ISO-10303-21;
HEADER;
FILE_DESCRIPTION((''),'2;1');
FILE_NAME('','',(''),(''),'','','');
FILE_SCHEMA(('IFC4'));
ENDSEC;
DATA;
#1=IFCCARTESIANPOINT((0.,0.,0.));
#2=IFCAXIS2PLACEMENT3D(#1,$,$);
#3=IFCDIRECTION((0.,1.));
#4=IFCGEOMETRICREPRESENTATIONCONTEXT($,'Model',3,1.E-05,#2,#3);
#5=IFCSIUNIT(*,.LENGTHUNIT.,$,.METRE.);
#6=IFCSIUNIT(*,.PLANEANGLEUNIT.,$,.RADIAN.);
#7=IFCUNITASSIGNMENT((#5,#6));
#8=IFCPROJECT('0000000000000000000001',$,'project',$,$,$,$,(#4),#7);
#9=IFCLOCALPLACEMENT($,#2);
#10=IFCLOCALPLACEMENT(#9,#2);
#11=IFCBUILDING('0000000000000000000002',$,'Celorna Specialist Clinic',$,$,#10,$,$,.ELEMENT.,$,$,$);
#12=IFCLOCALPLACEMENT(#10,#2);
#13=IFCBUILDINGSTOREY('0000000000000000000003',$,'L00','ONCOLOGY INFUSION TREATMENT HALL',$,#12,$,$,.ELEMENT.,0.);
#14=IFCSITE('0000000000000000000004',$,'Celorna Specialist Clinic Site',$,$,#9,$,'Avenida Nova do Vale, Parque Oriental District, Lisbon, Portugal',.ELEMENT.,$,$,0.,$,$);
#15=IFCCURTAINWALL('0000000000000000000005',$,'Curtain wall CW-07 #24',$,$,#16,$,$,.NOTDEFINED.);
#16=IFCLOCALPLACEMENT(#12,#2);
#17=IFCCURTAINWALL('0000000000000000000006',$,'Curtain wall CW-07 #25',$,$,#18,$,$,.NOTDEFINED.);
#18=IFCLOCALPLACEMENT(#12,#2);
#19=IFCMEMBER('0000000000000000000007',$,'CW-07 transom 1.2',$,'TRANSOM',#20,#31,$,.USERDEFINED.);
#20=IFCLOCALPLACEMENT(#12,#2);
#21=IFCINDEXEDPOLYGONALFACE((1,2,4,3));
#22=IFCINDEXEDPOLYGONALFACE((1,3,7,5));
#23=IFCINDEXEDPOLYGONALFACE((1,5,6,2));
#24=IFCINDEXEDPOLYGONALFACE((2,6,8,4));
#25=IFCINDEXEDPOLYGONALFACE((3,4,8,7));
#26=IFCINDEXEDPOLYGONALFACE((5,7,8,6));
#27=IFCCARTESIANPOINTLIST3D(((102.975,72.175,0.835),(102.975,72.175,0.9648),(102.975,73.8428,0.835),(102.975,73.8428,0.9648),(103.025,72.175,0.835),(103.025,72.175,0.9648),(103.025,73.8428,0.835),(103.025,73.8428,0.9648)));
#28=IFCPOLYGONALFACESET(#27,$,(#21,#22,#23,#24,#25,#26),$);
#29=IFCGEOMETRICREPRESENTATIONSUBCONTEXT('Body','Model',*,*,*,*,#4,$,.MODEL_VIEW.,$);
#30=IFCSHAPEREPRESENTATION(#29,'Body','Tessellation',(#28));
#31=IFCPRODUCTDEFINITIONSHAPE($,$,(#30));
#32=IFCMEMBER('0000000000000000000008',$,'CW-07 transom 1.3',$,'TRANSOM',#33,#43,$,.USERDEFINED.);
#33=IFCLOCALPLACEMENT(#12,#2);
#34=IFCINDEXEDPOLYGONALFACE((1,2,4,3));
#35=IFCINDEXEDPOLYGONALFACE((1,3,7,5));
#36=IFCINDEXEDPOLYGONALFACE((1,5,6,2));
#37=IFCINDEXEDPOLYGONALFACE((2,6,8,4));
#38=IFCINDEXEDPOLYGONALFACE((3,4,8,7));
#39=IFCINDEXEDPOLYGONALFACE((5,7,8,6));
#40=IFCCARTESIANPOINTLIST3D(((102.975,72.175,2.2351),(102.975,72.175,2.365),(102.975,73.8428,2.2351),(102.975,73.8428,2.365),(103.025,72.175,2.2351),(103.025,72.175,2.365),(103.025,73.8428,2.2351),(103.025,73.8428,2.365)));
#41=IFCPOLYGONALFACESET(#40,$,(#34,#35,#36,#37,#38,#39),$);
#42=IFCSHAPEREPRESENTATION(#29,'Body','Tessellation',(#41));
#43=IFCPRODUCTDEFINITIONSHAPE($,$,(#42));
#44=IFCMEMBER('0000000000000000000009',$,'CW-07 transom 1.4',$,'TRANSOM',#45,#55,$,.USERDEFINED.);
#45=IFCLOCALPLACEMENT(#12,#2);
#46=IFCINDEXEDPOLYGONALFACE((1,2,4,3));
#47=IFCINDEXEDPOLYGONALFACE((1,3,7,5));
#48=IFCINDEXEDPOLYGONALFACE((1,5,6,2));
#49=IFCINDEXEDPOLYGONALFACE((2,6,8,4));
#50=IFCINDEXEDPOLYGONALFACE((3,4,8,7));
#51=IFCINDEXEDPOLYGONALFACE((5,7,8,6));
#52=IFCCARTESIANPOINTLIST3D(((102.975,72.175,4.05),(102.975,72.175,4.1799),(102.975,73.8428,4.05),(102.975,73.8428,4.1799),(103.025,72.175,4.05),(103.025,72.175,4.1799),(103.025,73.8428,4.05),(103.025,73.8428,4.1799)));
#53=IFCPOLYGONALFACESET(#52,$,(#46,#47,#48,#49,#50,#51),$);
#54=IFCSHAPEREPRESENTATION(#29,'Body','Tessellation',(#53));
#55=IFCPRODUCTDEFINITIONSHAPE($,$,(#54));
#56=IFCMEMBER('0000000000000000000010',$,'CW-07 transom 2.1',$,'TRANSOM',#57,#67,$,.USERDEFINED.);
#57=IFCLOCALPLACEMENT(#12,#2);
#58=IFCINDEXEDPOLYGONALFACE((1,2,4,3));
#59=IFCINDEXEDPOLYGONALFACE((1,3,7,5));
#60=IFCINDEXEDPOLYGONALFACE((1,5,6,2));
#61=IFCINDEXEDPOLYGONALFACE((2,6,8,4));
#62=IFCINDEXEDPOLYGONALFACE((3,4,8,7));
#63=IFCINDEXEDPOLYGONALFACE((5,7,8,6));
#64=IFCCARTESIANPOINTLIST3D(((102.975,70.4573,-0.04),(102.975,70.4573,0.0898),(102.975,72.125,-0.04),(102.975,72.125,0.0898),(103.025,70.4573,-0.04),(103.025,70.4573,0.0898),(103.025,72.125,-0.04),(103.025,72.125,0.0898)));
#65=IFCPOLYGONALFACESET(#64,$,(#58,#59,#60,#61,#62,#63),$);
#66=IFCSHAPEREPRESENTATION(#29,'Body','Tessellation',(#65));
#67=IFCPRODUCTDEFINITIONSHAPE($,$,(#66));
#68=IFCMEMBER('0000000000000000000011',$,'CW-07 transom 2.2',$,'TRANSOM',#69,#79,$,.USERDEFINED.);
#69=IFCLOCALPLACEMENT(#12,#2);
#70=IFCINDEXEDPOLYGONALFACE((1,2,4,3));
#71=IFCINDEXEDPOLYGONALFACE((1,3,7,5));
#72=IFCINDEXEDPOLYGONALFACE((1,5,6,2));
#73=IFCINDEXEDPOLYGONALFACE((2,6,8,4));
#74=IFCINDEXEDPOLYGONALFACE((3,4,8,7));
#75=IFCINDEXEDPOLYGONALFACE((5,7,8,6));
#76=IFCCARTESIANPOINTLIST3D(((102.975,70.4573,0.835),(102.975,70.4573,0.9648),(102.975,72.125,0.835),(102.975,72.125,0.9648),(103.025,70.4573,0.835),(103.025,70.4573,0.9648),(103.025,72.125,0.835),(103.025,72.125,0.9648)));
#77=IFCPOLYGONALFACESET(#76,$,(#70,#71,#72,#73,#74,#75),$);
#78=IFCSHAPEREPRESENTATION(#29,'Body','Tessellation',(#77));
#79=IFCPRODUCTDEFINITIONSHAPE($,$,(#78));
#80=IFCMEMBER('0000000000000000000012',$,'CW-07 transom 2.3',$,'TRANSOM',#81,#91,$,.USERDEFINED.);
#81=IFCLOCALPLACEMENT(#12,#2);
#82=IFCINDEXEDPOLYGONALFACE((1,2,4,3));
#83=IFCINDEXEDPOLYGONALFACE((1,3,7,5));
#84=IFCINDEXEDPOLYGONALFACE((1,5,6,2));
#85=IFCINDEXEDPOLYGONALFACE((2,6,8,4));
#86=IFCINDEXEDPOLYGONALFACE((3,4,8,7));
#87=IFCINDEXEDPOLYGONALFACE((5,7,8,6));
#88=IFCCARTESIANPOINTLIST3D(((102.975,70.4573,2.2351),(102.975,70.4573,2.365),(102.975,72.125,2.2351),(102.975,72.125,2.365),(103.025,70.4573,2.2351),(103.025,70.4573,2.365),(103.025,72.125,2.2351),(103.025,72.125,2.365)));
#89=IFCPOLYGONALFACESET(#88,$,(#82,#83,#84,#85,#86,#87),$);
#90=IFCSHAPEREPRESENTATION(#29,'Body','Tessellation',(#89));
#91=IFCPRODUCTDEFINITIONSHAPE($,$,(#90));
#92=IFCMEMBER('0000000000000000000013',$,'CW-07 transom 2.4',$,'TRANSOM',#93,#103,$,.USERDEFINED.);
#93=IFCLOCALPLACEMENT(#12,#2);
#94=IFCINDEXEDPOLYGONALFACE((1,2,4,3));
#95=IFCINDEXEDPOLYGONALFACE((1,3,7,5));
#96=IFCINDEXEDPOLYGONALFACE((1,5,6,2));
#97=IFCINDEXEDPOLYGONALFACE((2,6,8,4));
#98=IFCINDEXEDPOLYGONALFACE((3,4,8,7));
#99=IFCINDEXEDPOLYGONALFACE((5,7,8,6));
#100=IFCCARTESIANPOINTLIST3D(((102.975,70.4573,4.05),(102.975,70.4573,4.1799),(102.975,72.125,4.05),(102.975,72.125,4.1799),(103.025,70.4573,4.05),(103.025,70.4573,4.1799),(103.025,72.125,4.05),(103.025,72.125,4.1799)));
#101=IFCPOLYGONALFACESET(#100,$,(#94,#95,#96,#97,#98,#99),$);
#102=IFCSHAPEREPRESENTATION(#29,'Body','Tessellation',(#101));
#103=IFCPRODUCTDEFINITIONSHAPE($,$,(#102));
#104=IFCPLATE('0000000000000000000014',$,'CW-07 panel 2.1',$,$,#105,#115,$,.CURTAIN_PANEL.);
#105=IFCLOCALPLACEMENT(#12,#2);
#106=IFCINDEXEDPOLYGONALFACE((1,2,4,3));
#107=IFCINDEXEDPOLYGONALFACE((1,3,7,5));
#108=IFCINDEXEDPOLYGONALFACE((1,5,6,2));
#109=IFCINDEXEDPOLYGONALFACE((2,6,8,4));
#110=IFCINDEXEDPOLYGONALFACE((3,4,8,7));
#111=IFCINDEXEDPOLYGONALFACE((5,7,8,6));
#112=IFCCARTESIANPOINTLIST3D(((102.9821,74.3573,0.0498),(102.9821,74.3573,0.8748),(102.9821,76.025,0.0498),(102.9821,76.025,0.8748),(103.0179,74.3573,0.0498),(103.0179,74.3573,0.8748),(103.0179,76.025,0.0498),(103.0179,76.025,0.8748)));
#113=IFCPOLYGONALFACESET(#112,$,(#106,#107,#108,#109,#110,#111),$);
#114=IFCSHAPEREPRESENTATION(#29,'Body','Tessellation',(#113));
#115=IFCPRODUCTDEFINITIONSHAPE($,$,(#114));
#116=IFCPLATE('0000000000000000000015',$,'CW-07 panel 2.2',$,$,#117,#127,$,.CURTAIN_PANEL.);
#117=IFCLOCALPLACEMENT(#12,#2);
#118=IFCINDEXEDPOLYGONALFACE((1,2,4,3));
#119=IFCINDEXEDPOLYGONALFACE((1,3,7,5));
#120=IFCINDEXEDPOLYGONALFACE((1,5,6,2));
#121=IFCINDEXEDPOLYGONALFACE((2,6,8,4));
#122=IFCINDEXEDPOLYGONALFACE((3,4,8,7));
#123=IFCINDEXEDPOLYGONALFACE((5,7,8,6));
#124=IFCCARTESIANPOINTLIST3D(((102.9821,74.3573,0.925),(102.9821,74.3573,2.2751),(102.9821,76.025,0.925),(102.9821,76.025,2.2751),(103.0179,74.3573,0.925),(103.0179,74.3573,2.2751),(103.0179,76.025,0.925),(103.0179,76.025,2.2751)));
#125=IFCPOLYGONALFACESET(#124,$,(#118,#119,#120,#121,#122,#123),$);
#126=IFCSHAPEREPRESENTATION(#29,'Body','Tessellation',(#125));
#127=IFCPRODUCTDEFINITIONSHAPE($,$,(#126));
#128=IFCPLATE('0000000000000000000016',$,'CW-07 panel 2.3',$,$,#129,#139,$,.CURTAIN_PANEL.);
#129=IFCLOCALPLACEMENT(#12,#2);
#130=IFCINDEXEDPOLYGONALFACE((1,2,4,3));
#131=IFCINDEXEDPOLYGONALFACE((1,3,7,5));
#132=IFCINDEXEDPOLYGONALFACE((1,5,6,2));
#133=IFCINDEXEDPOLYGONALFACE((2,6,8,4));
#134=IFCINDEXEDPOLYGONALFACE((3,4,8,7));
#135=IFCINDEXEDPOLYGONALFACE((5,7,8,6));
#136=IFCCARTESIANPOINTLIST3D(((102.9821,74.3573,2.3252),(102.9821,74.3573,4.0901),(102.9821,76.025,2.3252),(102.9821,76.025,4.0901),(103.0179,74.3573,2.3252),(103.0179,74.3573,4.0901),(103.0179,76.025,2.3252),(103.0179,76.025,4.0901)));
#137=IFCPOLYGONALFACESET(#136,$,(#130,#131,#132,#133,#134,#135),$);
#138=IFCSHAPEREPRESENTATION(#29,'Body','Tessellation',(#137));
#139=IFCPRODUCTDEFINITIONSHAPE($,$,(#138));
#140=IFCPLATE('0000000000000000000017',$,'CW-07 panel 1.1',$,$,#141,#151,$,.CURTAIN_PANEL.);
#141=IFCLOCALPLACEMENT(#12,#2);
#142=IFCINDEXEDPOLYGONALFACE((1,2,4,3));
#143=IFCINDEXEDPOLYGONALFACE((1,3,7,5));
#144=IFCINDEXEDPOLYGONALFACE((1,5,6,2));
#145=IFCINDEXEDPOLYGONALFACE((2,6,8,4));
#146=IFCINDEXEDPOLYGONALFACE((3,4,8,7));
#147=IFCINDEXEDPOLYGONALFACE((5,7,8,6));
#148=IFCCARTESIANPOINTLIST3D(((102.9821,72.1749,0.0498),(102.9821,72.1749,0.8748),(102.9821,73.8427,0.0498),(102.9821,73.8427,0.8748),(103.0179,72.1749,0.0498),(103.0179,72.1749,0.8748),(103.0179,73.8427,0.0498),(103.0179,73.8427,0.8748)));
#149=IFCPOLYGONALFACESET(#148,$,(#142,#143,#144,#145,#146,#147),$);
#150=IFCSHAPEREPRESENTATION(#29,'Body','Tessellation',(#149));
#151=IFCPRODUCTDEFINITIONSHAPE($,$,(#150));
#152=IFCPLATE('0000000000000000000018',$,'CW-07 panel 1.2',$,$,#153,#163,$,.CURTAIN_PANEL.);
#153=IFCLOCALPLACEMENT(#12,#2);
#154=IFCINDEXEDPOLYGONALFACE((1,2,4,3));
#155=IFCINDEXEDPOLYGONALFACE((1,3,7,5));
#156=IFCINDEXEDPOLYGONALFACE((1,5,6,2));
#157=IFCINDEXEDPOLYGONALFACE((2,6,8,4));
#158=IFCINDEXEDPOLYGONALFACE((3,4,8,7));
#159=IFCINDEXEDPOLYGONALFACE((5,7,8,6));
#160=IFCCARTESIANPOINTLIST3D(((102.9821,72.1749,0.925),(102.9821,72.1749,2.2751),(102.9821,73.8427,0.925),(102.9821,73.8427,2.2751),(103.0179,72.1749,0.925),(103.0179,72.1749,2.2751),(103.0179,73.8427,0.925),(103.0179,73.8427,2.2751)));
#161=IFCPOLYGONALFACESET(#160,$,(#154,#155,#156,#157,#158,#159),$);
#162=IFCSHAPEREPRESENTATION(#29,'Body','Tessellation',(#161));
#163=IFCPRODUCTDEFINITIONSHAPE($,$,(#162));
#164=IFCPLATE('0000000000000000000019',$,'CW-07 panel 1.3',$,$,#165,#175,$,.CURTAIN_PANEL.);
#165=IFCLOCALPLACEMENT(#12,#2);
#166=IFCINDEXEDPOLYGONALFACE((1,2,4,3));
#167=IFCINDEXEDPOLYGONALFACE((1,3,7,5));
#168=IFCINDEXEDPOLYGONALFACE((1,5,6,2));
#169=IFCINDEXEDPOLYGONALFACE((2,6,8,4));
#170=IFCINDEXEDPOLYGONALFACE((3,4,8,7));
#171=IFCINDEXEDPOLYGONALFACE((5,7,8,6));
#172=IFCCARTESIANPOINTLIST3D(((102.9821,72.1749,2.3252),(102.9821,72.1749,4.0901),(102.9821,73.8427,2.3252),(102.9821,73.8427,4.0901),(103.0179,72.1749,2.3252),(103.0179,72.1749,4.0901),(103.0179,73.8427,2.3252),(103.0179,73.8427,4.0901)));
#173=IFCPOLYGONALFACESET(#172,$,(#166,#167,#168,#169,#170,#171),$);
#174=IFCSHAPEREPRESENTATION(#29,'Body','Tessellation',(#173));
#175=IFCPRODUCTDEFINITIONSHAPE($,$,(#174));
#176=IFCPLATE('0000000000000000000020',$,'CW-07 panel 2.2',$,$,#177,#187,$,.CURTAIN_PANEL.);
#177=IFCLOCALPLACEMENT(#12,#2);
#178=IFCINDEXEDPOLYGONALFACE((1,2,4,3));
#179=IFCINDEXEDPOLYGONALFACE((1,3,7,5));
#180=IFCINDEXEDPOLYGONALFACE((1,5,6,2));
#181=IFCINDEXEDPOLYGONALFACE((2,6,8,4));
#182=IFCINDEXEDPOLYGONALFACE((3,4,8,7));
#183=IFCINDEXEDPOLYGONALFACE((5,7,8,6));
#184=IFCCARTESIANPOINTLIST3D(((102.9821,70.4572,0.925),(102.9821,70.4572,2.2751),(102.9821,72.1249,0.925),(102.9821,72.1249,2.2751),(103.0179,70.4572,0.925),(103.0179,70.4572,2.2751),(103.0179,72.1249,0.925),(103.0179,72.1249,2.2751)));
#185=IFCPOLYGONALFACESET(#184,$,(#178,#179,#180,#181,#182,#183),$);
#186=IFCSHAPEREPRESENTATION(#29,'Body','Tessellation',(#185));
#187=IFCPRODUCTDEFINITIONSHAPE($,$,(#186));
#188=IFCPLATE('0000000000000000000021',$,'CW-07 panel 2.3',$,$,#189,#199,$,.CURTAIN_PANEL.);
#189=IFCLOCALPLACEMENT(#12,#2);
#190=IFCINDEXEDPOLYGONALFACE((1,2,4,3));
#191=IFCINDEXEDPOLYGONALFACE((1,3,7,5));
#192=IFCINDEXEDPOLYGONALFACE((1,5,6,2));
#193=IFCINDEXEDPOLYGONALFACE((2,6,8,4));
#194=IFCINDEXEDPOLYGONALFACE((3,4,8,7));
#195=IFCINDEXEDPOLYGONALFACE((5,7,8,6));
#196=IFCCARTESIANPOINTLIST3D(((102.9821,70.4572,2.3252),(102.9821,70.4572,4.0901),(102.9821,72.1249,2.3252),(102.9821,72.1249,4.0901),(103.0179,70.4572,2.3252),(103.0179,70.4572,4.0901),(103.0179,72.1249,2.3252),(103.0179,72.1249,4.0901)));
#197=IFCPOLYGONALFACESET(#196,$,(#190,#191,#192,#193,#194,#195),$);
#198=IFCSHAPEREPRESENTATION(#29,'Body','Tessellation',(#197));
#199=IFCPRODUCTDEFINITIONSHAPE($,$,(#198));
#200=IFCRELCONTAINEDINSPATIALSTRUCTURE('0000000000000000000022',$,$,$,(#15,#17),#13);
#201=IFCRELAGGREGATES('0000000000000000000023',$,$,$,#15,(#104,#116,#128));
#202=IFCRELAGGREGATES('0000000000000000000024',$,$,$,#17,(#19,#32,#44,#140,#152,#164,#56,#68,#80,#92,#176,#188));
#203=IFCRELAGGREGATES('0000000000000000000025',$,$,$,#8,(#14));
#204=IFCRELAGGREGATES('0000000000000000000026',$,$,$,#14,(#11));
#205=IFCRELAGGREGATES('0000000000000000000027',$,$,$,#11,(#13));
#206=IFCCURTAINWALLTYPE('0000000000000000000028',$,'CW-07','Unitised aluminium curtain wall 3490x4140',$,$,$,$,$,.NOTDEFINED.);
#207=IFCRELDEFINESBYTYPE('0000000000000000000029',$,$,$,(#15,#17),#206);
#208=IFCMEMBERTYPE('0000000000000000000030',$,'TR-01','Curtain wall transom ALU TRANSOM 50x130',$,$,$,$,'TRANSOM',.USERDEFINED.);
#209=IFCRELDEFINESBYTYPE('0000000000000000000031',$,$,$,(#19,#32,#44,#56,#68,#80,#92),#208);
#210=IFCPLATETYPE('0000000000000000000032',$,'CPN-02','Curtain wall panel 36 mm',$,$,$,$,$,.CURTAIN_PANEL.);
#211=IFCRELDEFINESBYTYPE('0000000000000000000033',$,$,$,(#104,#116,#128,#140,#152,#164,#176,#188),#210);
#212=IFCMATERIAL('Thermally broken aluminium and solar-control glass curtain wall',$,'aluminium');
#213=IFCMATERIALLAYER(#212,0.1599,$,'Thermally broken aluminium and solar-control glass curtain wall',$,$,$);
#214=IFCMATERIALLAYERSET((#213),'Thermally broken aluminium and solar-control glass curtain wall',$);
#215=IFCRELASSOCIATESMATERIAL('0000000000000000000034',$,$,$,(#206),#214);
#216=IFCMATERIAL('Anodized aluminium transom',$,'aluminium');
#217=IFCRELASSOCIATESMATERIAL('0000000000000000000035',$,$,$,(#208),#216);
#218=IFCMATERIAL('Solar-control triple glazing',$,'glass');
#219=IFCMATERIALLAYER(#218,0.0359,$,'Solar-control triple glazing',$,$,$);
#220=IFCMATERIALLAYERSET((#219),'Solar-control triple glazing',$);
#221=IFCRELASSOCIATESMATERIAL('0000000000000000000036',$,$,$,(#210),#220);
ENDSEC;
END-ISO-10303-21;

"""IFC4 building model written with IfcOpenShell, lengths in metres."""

from ifc_helpers import new_model, si_unit, direction, frame, origin, origin_2d, place, context, subcontext, project, spatial, rectangle, extrude, material, layer, layer_set, material_profile, profile_set, type_object, element, aggregate, save


model = new_model("IFC4")

# Units and contexts
model_context = context("Model", 3, precision=1e-05, world=origin(), true_north=direction((0.0, 1.0)))
body_context = subcontext(model_context, "Body", "Model", "MODEL_VIEW")
ifc_project = project(units=[si_unit("LENGTHUNIT", "METRE"), si_unit("PLANEANGLEUNIT", "RADIAN")], contexts=[model_context])

# Site, building, storey
site_placement = place(None, origin())
site = spatial("IfcSite", under=ifc_project, at=site_placement, Name="Celorna Specialist Clinic Site", LongName="Avenida Nova do Vale, Parque Oriental District, Lisbon, Portugal", CompositionType="ELEMENT", RefElevation=0.0)
building_placement = place(site_placement, origin())
building = spatial("IfcBuilding", under=site, at=building_placement, Name="Celorna Specialist Clinic", CompositionType="ELEMENT")
storey_placement = place(building_placement, origin())
storey = spatial("IfcBuildingStorey", under=building, at=storey_placement, Name="L00", Description="ONCOLOGY INFUSION TREATMENT HALL", CompositionType="ELEMENT", Elevation=0.0)

# Curtain wall
ifc_material_1 = material(Name="Thermally broken aluminium and solar-control glass curtain wall", Category="aluminium")
ifc_layer_1 = layer(ifc_material_1, 0.1599, Name="Thermally broken aluminium and solar-control glass curtain wall")
ifc_layer_set_1 = layer_set([ifc_layer_1], Name="Thermally broken aluminium and solar-control glass curtain wall")
curtain_wall_type = type_object("IfcCurtainWallType", Name="CW-07", Description="Unitised aluminium curtain wall 3490x4140", PredefinedType="NOTDEFINED", material=ifc_layer_set_1)
curtain_wall_1_placement = place(storey_placement, origin())
curtain_wall_1 = element("IfcCurtainWall", 1, at=curtain_wall_1_placement, inside=storey, type_object=curtain_wall_type, Name="Curtain wall CW-07 #24", PredefinedType="NOTDEFINED")

# Curtain wall
curtain_wall_2_placement = place(storey_placement, origin())
curtain_wall_2 = element("IfcCurtainWall", 2, at=curtain_wall_2_placement, inside=storey, type_object=curtain_wall_type, Name="Curtain wall CW-07 #25", PredefinedType="NOTDEFINED")

# Members
ifc_material_2 = material(Name="Anodized aluminium transom", Category="aluminium")
ifc_material_profile_1 = material_profile(ifc_material_2, rectangle(XDim=0.05, YDim=0.1299, at=origin_2d()), Name="ALU TRANSOM 50x130")
ifc_profile_set_1 = profile_set([ifc_material_profile_1], Name="Anodized aluminium transom")
member_type_1 = type_object("IfcMemberType", Name="TR-01", Description="Curtain wall transom ALU TRANSOM 50x130", ElementType="TRANSOM", PredefinedType="USERDEFINED", material=ifc_profile_set_1)
member_1_placement = place(storey_placement, frame((103.0, 73.8428, 0.8999), z_axis=(0.0, -1.0, 0.0), x_axis=(1.0, 0.0, 0.0)))
member_1 = element("IfcMember", 3, at=member_1_placement, type_object=member_type_1, Name="CW-07 transom 1.2", ObjectType="TRANSOM", PredefinedType="USERDEFINED", context=body_context, shape_type="SweptSolid", body=[
    extrude(rectangle(XDim=0.05, YDim=0.1299, at=origin_2d()), origin(), (0.0, 0.0, 1.0), 1.6677),
])
member_2_placement = place(storey_placement, frame((103.0, 73.8428, 2.3), z_axis=(0.0, -1.0, 0.0), x_axis=(1.0, 0.0, 0.0)))
member_2 = element("IfcMember", 4, at=member_2_placement, type_object=member_type_1, Name="CW-07 transom 1.3", ObjectType="TRANSOM", PredefinedType="USERDEFINED", context=body_context, shape_type="SweptSolid", body=[
    extrude(rectangle(XDim=0.05, YDim=0.1299, at=origin_2d()), origin(), (0.0, 0.0, 1.0), 1.6677),
])
member_3_placement = place(storey_placement, frame((103.0, 73.8428, 4.115), z_axis=(0.0, -1.0, 0.0), x_axis=(1.0, 0.0, 0.0)))
member_3 = element("IfcMember", 5, at=member_3_placement, type_object=member_type_1, Name="CW-07 transom 1.4", ObjectType="TRANSOM", PredefinedType="USERDEFINED", context=body_context, shape_type="SweptSolid", body=[
    extrude(rectangle(XDim=0.05, YDim=0.1299, at=origin_2d()), origin(), (0.0, 0.0, 1.0), 1.6677),
])
member_4_placement = place(storey_placement, frame((103.0, 72.125, 0.0249), z_axis=(0.0, -1.0, 0.0), x_axis=(1.0, 0.0, 0.0)))
member_4 = element("IfcMember", 6, at=member_4_placement, type_object=member_type_1, Name="CW-07 transom 2.1", ObjectType="TRANSOM", PredefinedType="USERDEFINED", context=body_context, shape_type="SweptSolid", body=[
    extrude(rectangle(XDim=0.05, YDim=0.1299, at=origin_2d()), origin(), (0.0, 0.0, 1.0), 1.6677),
])
member_5_placement = place(storey_placement, frame((103.0, 72.125, 0.8999), z_axis=(0.0, -1.0, 0.0), x_axis=(1.0, 0.0, 0.0)))
member_5 = element("IfcMember", 7, at=member_5_placement, type_object=member_type_1, Name="CW-07 transom 2.2", ObjectType="TRANSOM", PredefinedType="USERDEFINED", context=body_context, shape_type="SweptSolid", body=[
    extrude(rectangle(XDim=0.05, YDim=0.1299, at=origin_2d()), origin(), (0.0, 0.0, 1.0), 1.6677),
])
member_6_placement = place(storey_placement, frame((103.0, 72.125, 2.3), z_axis=(0.0, -1.0, 0.0), x_axis=(1.0, 0.0, 0.0)))
member_6 = element("IfcMember", 8, at=member_6_placement, type_object=member_type_1, Name="CW-07 transom 2.3", ObjectType="TRANSOM", PredefinedType="USERDEFINED", context=body_context, shape_type="SweptSolid", body=[
    extrude(rectangle(XDim=0.05, YDim=0.1299, at=origin_2d()), origin(), (0.0, 0.0, 1.0), 1.6677),
])
member_7_placement = place(storey_placement, frame((103.0, 72.125, 4.115), z_axis=(0.0, -1.0, 0.0), x_axis=(1.0, 0.0, 0.0)))
member_7 = element("IfcMember", 9, at=member_7_placement, type_object=member_type_1, Name="CW-07 transom 2.4", ObjectType="TRANSOM", PredefinedType="USERDEFINED", context=body_context, shape_type="SweptSolid", body=[
    extrude(rectangle(XDim=0.05, YDim=0.1299, at=origin_2d()), origin(), (0.0, 0.0, 1.0), 1.6677),
])

# Plates
ifc_material_3 = material(Name="Solar-control triple glazing", Category="glass")
ifc_layer_2 = layer(ifc_material_3, 0.0359, Name="Solar-control triple glazing")
ifc_layer_set_2 = layer_set([ifc_layer_2], Name="Solar-control triple glazing")
plate_type = type_object("IfcPlateType", Name="CPN-02", Description="Curtain wall panel 36 mm", PredefinedType="CURTAIN_PANEL", material=ifc_layer_set_2)
plate_1_placement = place(storey_placement, frame((103.0, 75.1912, 0.0498), z_axis=(0.0, 0.0, 1.0), x_axis=(0.0, -1.0, 0.0)))
plate_1 = element("IfcPlate", 10, at=plate_1_placement, type_object=plate_type, Name="CW-07 panel 2.1", PredefinedType="CURTAIN_PANEL", context=body_context, shape_type="SweptSolid", body=[
    extrude(rectangle(XDim=1.6677, YDim=0.0359, at=origin_2d()), origin(), (0.0, 0.0, 1.0), 0.825),
])
plate_2_placement = place(storey_placement, frame((103.0, 75.1912, 0.925), z_axis=(0.0, 0.0, 1.0), x_axis=(0.0, -1.0, 0.0)))
plate_2 = element("IfcPlate", 11, at=plate_2_placement, type_object=plate_type, Name="CW-07 panel 2.2", PredefinedType="CURTAIN_PANEL", context=body_context, shape_type="SweptSolid", body=[
    extrude(rectangle(XDim=1.6677, YDim=0.0359, at=origin_2d()), origin(), (0.0, 0.0, 1.0), 1.3501),
])
plate_3_placement = place(storey_placement, frame((103.0, 75.1912, 2.3252), z_axis=(0.0, 0.0, 1.0), x_axis=(0.0, -1.0, 0.0)))
plate_3 = element("IfcPlate", 12, at=plate_3_placement, type_object=plate_type, Name="CW-07 panel 2.3", PredefinedType="CURTAIN_PANEL", context=body_context, shape_type="SweptSolid", body=[
    extrude(rectangle(XDim=1.6677, YDim=0.0359, at=origin_2d()), origin(), (0.0, 0.0, 1.0), 1.7649),
])
aggregate(curtain_wall_1, [plate_1, plate_2, plate_3])
plate_4_placement = place(storey_placement, frame((103.0, 73.0088, 0.0498), z_axis=(0.0, 0.0, 1.0), x_axis=(0.0, -1.0, 0.0)))
plate_4 = element("IfcPlate", 13, at=plate_4_placement, type_object=plate_type, Name="CW-07 panel 1.1", PredefinedType="CURTAIN_PANEL", context=body_context, shape_type="SweptSolid", body=[
    extrude(rectangle(XDim=1.6677, YDim=0.0359, at=origin_2d()), origin(), (0.0, 0.0, 1.0), 0.825),
])
plate_5_placement = place(storey_placement, frame((103.0, 73.0088, 0.925), z_axis=(0.0, 0.0, 1.0), x_axis=(0.0, -1.0, 0.0)))
plate_5 = element("IfcPlate", 14, at=plate_5_placement, type_object=plate_type, Name="CW-07 panel 1.2", PredefinedType="CURTAIN_PANEL", context=body_context, shape_type="SweptSolid", body=[
    extrude(rectangle(XDim=1.6677, YDim=0.0359, at=origin_2d()), origin(), (0.0, 0.0, 1.0), 1.3501),
])
plate_6_placement = place(storey_placement, frame((103.0, 73.0088, 2.3252), z_axis=(0.0, 0.0, 1.0), x_axis=(0.0, -1.0, 0.0)))
plate_6 = element("IfcPlate", 15, at=plate_6_placement, type_object=plate_type, Name="CW-07 panel 1.3", PredefinedType="CURTAIN_PANEL", context=body_context, shape_type="SweptSolid", body=[
    extrude(rectangle(XDim=1.6677, YDim=0.0359, at=origin_2d()), origin(), (0.0, 0.0, 1.0), 1.7649),
])
plate_7_placement = place(storey_placement, frame((103.0, 71.291, 0.925), z_axis=(0.0, 0.0, 1.0), x_axis=(0.0, -1.0, 0.0)))
plate_7 = element("IfcPlate", 16, at=plate_7_placement, type_object=plate_type, Name="CW-07 panel 2.2", PredefinedType="CURTAIN_PANEL", context=body_context, shape_type="SweptSolid", body=[
    extrude(rectangle(XDim=1.6677, YDim=0.0359, at=origin_2d()), origin(), (0.0, 0.0, 1.0), 1.3501),
])
plate_8_placement = place(storey_placement, frame((103.0, 71.291, 2.3252), z_axis=(0.0, 0.0, 1.0), x_axis=(0.0, -1.0, 0.0)))
plate_8 = element("IfcPlate", 17, at=plate_8_placement, type_object=plate_type, Name="CW-07 panel 2.3", PredefinedType="CURTAIN_PANEL", context=body_context, shape_type="SweptSolid", body=[
    extrude(rectangle(XDim=1.6677, YDim=0.0359, at=origin_2d()), origin(), (0.0, 0.0, 1.0), 1.7649),
])
aggregate(curtain_wall_2, [member_1, member_2, member_3, plate_4, plate_5, plate_6, member_4, member_5, member_6, member_7, plate_7, plate_8])

save(model, "model.ifc")
